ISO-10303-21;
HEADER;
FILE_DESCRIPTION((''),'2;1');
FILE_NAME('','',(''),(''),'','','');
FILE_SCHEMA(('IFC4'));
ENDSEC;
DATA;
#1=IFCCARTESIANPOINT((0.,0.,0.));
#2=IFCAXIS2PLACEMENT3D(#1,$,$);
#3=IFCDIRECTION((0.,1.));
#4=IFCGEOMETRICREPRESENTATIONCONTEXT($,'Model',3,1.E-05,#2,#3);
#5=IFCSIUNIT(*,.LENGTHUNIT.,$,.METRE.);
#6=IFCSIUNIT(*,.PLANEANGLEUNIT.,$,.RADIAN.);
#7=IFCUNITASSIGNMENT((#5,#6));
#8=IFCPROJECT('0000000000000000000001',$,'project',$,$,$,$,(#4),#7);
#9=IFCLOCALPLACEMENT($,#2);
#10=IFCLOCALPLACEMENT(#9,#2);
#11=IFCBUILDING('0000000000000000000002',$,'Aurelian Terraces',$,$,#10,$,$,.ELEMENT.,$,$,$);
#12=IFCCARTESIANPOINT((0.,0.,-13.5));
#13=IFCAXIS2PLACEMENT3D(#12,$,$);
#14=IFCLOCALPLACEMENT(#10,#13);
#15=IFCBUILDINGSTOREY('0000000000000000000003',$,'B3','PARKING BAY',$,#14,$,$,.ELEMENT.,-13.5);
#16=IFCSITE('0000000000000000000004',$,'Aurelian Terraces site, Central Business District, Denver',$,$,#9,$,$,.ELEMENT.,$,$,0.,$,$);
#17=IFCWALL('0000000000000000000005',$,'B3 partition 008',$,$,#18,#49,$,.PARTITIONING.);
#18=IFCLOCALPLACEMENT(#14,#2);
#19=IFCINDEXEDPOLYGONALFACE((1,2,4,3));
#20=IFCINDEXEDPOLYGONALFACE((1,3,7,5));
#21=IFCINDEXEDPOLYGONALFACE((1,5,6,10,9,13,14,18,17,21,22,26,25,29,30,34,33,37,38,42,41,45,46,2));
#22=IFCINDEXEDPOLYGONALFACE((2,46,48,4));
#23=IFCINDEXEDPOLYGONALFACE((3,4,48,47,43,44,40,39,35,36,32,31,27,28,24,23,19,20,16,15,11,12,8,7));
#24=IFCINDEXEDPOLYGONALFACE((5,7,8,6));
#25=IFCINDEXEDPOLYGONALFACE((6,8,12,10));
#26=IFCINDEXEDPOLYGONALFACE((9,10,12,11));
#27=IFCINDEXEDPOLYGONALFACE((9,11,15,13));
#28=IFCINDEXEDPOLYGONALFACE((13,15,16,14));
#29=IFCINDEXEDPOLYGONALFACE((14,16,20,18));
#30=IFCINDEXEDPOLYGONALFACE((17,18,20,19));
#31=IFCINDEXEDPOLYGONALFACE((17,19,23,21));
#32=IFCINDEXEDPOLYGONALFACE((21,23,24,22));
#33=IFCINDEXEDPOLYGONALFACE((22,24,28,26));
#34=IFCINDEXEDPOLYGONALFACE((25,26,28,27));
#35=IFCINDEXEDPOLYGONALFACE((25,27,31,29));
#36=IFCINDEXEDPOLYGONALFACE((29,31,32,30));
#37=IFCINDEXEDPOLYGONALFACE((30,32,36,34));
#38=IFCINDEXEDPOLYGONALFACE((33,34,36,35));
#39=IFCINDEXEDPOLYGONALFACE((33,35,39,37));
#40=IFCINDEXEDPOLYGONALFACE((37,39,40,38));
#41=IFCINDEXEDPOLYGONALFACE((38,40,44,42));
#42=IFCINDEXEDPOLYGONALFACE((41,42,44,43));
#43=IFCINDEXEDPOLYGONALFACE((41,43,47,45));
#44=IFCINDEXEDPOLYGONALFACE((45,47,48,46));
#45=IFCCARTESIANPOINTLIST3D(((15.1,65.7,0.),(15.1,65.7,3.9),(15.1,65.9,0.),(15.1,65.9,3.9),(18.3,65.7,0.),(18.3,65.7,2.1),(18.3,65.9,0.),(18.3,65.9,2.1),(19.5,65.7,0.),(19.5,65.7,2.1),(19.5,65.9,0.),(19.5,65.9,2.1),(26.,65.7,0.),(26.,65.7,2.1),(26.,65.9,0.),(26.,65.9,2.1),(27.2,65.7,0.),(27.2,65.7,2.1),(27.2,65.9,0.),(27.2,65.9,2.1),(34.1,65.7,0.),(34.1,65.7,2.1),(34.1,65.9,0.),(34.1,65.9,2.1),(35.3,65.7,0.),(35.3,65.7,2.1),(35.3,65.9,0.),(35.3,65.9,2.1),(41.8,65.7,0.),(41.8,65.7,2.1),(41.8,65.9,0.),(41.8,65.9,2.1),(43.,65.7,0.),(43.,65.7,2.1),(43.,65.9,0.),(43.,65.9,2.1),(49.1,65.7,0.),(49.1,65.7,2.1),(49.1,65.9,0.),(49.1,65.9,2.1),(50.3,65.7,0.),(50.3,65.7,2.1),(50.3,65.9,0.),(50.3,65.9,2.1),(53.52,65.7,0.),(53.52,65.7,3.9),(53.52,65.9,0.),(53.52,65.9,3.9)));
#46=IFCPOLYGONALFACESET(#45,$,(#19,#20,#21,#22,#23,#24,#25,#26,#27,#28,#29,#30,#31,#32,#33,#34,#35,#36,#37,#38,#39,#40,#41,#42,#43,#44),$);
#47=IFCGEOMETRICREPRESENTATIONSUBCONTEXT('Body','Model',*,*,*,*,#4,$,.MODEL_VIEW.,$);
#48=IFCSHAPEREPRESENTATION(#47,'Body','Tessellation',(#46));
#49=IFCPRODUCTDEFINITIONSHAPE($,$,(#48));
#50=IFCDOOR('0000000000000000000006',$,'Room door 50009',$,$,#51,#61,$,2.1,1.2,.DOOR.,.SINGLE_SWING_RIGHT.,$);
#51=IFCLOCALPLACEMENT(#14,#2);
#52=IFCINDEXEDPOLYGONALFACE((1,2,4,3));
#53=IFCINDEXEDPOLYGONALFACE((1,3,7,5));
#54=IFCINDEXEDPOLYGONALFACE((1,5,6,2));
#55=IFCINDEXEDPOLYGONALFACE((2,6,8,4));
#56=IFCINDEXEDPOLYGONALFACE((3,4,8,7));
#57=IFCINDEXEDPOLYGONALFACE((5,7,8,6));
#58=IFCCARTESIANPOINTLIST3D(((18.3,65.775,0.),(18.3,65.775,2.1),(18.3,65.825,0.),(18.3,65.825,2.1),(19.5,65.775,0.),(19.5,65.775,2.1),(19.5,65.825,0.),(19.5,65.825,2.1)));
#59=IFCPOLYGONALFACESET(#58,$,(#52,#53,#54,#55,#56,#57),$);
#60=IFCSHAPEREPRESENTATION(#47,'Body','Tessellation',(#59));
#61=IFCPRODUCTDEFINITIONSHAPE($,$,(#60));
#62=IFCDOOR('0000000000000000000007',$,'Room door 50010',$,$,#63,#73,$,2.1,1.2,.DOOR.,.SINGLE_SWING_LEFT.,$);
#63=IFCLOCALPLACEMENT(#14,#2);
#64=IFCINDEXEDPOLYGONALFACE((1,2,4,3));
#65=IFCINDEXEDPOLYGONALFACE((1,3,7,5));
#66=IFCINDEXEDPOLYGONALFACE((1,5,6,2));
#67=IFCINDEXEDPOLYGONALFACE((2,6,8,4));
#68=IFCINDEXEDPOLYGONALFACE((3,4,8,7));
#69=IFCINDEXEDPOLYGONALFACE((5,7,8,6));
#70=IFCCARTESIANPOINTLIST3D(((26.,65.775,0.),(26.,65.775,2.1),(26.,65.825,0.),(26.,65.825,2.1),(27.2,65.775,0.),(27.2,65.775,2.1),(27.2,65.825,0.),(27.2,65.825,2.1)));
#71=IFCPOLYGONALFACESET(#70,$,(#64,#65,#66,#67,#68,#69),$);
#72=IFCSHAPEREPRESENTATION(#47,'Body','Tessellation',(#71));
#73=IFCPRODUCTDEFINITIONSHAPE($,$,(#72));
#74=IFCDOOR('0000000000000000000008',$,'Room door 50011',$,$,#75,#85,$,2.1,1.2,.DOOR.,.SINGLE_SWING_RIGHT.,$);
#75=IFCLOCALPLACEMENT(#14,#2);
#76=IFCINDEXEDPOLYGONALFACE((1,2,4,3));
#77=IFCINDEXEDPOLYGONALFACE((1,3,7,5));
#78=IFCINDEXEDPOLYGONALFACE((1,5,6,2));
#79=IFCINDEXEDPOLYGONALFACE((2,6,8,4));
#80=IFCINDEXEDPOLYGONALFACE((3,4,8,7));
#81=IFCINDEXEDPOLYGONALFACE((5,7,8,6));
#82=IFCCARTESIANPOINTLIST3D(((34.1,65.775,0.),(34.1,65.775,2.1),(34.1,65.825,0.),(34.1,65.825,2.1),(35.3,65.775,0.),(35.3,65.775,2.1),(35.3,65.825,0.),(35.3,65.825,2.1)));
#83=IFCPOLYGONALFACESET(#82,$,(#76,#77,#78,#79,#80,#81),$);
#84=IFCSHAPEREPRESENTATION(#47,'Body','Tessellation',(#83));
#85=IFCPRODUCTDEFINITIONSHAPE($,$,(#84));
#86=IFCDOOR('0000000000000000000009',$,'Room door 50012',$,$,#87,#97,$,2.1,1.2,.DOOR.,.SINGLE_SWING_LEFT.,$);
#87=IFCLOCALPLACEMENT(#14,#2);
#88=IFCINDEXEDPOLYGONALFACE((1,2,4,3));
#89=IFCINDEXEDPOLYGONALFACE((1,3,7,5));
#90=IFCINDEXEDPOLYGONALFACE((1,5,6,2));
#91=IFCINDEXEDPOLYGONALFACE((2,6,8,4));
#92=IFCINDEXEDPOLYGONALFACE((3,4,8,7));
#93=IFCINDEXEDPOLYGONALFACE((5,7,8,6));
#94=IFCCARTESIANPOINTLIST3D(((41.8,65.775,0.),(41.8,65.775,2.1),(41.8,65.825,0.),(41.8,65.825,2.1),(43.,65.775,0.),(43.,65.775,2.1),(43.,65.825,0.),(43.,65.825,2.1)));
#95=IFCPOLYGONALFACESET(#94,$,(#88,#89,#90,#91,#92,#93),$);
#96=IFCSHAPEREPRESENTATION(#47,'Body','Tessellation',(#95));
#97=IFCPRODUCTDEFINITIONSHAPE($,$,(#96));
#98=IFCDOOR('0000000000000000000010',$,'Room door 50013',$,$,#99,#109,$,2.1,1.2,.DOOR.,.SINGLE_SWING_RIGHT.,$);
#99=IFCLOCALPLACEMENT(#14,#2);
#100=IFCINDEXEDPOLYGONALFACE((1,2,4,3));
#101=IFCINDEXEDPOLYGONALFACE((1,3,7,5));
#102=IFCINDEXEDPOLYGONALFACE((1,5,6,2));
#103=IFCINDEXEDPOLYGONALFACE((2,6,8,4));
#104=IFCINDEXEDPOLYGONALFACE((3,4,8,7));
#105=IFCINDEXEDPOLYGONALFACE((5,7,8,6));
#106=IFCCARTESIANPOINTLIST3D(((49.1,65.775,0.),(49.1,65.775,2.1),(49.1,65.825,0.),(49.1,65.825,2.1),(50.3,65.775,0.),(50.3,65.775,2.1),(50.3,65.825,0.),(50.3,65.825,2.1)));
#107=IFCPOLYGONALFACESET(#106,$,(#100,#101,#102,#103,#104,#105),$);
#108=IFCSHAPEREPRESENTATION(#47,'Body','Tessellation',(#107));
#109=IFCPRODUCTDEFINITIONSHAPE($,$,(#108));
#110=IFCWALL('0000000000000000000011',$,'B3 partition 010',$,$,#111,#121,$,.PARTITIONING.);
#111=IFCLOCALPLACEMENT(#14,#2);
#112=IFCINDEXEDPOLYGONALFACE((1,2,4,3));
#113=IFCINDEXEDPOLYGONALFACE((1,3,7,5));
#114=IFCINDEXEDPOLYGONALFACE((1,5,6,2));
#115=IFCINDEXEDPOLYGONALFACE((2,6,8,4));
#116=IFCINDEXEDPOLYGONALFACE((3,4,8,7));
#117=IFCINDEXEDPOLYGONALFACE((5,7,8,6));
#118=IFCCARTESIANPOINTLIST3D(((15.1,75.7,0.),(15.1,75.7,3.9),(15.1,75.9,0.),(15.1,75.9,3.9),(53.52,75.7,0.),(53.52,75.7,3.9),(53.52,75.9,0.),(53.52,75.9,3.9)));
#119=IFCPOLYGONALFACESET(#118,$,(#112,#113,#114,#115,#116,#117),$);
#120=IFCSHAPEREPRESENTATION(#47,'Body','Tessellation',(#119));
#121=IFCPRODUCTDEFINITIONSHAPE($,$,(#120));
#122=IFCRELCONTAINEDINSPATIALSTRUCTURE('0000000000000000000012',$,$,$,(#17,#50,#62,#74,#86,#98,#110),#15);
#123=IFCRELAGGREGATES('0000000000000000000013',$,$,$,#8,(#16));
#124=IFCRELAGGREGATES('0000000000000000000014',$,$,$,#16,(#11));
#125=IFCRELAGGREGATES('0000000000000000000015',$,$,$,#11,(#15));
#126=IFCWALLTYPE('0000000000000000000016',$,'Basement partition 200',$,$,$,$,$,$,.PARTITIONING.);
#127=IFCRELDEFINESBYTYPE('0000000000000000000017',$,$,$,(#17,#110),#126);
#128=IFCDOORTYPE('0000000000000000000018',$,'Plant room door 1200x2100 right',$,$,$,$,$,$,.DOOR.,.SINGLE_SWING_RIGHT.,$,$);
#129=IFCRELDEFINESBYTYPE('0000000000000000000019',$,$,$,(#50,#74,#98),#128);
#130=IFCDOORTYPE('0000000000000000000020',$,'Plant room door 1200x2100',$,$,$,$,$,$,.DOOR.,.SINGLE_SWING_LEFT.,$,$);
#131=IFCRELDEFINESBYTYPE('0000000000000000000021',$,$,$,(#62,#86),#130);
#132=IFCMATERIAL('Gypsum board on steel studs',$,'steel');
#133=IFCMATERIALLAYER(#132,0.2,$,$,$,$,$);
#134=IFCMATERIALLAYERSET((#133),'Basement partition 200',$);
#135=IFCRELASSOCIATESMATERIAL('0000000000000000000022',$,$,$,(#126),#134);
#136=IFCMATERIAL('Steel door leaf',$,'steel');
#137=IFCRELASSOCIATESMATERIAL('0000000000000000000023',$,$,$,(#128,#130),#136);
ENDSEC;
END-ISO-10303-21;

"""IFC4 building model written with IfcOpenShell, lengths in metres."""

from ifc_helpers import new_model, si_unit, direction, frame, frame_2d, origin, place, context, subcontext, project, spatial, rectangle, extrude, source, transform, mapped, material, layer, layer_set, type_object, element, fill, save


model = new_model("IFC4")

# Units and contexts
model_context = context("Model", 3, precision=1e-05, world=origin(), true_north=direction((0.0, 1.0)))
body_context = subcontext(model_context, "Body", "Model", "MODEL_VIEW")
ifc_project = project(units=[si_unit("LENGTHUNIT", "METRE"), si_unit("PLANEANGLEUNIT", "RADIAN")], contexts=[model_context])

# Site, building, storey
site_placement = place(None, origin())
site = spatial("IfcSite", under=ifc_project, at=site_placement, Name="Aurelian Terraces site, Central Business District, Denver", CompositionType="ELEMENT", RefElevation=0.0)
building_placement = place(site_placement, origin())
building = spatial("IfcBuilding", under=site, at=building_placement, Name="Aurelian Terraces", CompositionType="ELEMENT")
storey_placement = place(building_placement, frame((0.0, 0.0, -13.5)))
storey = spatial("IfcBuildingStorey", under=building, at=storey_placement, Name="B3", Description="PARKING BAY", CompositionType="ELEMENT", Elevation=-13.5)

# Shared definitions
ifc_material_1 = material(Name="Gypsum board on steel studs", Category="steel")
ifc_layer = layer(ifc_material_1, 0.2)
ifc_layer_set = layer_set([ifc_layer], Name="Basement partition 200")
wall_type = type_object("IfcWallType", Name="Basement partition 200", PredefinedType="PARTITIONING", material=ifc_layer_set)

# Wall, openings, doors
shared_shape_1 = source(origin(), body_context, "Body", "SweptSolid", [
    extrude(rectangle(XDim=38.42, YDim=0.2, at=frame_2d((19.21, 0.0))), origin(), (0.0, 0.0, 1.0), 3.9),
])
wall_1_placement = place(storey_placement, frame((15.1, 65.8, 0.0), z_axis=(0.0, 0.0, 1.0), x_axis=(1.0, 0.0, 0.0)))
wall_1 = element("IfcWall", 1, at=wall_1_placement, inside=storey, type_object=wall_type, Name="B3 partition 008", PredefinedType="PARTITIONING", context=body_context, shape_type="MappedRepresentation", body=[
    mapped(shared_shape_1, transform((0.0, 0.0, 0.0), scale=1.0)),
])
shared_shape_2 = source(origin(), body_context, "Body", "SweptSolid", [
    extrude(rectangle(XDim=1.2, YDim=2.1, at=frame_2d((0.6, 1.05))), frame((0.0, 0.11, 0.0), z_axis=(0.0, -1.0, 0.0), x_axis=(1.0, 0.0, 0.0)), (0.0, 0.0, 1.0), 0.22),
])
opening_1_placement = place(wall_1_placement, frame((3.2, 0.0, 0.0)))
opening_1 = element("IfcOpeningElement", 2, at=opening_1_placement, cuts=wall_1, PredefinedType="OPENING", context=body_context, shape_type="MappedRepresentation", body=[
    mapped(shared_shape_2, transform((0.0, 0.0, 0.0), scale=1.0)),
])
opening_2_placement = place(wall_1_placement, frame((10.9, 0.0, 0.0)))
opening_2 = element("IfcOpeningElement", 3, at=opening_2_placement, cuts=wall_1, PredefinedType="OPENING", context=body_context, shape_type="MappedRepresentation", body=[
    mapped(shared_shape_2, transform((0.0, 0.0, 0.0), scale=1.0)),
])
opening_3_placement = place(wall_1_placement, frame((19.0, 0.0, 0.0)))
opening_3 = element("IfcOpeningElement", 4, at=opening_3_placement, cuts=wall_1, PredefinedType="OPENING", context=body_context, shape_type="MappedRepresentation", body=[
    mapped(shared_shape_2, transform((0.0, 0.0, 0.0), scale=1.0)),
])
opening_4_placement = place(wall_1_placement, frame((26.7, 0.0, 0.0)))
opening_4 = element("IfcOpeningElement", 5, at=opening_4_placement, cuts=wall_1, PredefinedType="OPENING", context=body_context, shape_type="MappedRepresentation", body=[
    mapped(shared_shape_2, transform((0.0, 0.0, 0.0), scale=1.0)),
])
opening_5_placement = place(wall_1_placement, frame((34.0, 0.0, 0.0)))
opening_5 = element("IfcOpeningElement", 6, at=opening_5_placement, cuts=wall_1, PredefinedType="OPENING", context=body_context, shape_type="MappedRepresentation", body=[
    mapped(shared_shape_2, transform((0.0, 0.0, 0.0), scale=1.0)),
])
ifc_material_2 = material(Name="Steel door leaf", Category="steel")
door_type_1 = type_object("IfcDoorType", Name="Plant room door 1200x2100 right", OperationType="SINGLE_SWING_RIGHT", PredefinedType="DOOR", material=ifc_material_2)
shared_shape_3 = source(origin(), body_context, "Body", "SweptSolid", [
    extrude(rectangle(XDim=1.2, YDim=2.1, at=frame_2d((0.6, 1.05))), frame((0.0, 0.025, 0.0), z_axis=(0.0, -1.0, 0.0), x_axis=(1.0, 0.0, 0.0)), (0.0, 0.0, 1.0), 0.05),
])
door_1_placement = place(opening_1_placement, origin())
door_1 = element("IfcDoor", 7, at=door_1_placement, inside=storey, type_object=door_type_1, Name="Room door 50009", OperationType="SINGLE_SWING_RIGHT", OverallHeight=2.1, OverallWidth=1.2, PredefinedType="DOOR", context=body_context, shape_type="MappedRepresentation", body=[
    mapped(shared_shape_3, transform((0.0, 0.0, 0.0), scale=1.0)),
])
fill(opening_1, door_1)
door_type_2 = type_object("IfcDoorType", Name="Plant room door 1200x2100", OperationType="SINGLE_SWING_LEFT", PredefinedType="DOOR", material=ifc_material_2)
door_2_placement = place(opening_2_placement, origin())
door_2 = element("IfcDoor", 8, at=door_2_placement, inside=storey, type_object=door_type_2, Name="Room door 50010", OperationType="SINGLE_SWING_LEFT", OverallHeight=2.1, OverallWidth=1.2, PredefinedType="DOOR", context=body_context, shape_type="MappedRepresentation", body=[
    mapped(shared_shape_3, transform((0.0, 0.0, 0.0), scale=1.0)),
])
fill(opening_2, door_2)
door_3_placement = place(opening_3_placement, origin())
door_3 = element("IfcDoor", 9, at=door_3_placement, inside=storey, type_object=door_type_1, Name="Room door 50011", OperationType="SINGLE_SWING_RIGHT", OverallHeight=2.1, OverallWidth=1.2, PredefinedType="DOOR", context=body_context, shape_type="MappedRepresentation", body=[
    mapped(shared_shape_3, transform((0.0, 0.0, 0.0), scale=1.0)),
])
fill(opening_3, door_3)
door_4_placement = place(opening_4_placement, origin())
door_4 = element("IfcDoor", 10, at=door_4_placement, inside=storey, type_object=door_type_2, Name="Room door 50012", OperationType="SINGLE_SWING_LEFT", OverallHeight=2.1, OverallWidth=1.2, PredefinedType="DOOR", context=body_context, shape_type="MappedRepresentation", body=[
    mapped(shared_shape_3, transform((0.0, 0.0, 0.0), scale=1.0)),
])
fill(opening_4, door_4)
door_5_placement = place(opening_5_placement, origin())
door_5 = element("IfcDoor", 11, at=door_5_placement, inside=storey, type_object=door_type_1, Name="Room door 50013", OperationType="SINGLE_SWING_RIGHT", OverallHeight=2.1, OverallWidth=1.2, PredefinedType="DOOR", context=body_context, shape_type="MappedRepresentation", body=[
    mapped(shared_shape_3, transform((0.0, 0.0, 0.0), scale=1.0)),
])
fill(opening_5, door_5)

# Wall
wall_2_placement = place(storey_placement, frame((15.1, 75.8, 0.0), z_axis=(0.0, 0.0, 1.0), x_axis=(1.0, 0.0, 0.0)))
element("IfcWall", 12, at=wall_2_placement, inside=storey, type_object=wall_type, Name="B3 partition 010", PredefinedType="PARTITIONING", context=body_context, shape_type="MappedRepresentation", body=[
    mapped(shared_shape_1, transform((0.0, 0.0, 0.0), scale=1.0)),
])

save(model, "model.ifc")
